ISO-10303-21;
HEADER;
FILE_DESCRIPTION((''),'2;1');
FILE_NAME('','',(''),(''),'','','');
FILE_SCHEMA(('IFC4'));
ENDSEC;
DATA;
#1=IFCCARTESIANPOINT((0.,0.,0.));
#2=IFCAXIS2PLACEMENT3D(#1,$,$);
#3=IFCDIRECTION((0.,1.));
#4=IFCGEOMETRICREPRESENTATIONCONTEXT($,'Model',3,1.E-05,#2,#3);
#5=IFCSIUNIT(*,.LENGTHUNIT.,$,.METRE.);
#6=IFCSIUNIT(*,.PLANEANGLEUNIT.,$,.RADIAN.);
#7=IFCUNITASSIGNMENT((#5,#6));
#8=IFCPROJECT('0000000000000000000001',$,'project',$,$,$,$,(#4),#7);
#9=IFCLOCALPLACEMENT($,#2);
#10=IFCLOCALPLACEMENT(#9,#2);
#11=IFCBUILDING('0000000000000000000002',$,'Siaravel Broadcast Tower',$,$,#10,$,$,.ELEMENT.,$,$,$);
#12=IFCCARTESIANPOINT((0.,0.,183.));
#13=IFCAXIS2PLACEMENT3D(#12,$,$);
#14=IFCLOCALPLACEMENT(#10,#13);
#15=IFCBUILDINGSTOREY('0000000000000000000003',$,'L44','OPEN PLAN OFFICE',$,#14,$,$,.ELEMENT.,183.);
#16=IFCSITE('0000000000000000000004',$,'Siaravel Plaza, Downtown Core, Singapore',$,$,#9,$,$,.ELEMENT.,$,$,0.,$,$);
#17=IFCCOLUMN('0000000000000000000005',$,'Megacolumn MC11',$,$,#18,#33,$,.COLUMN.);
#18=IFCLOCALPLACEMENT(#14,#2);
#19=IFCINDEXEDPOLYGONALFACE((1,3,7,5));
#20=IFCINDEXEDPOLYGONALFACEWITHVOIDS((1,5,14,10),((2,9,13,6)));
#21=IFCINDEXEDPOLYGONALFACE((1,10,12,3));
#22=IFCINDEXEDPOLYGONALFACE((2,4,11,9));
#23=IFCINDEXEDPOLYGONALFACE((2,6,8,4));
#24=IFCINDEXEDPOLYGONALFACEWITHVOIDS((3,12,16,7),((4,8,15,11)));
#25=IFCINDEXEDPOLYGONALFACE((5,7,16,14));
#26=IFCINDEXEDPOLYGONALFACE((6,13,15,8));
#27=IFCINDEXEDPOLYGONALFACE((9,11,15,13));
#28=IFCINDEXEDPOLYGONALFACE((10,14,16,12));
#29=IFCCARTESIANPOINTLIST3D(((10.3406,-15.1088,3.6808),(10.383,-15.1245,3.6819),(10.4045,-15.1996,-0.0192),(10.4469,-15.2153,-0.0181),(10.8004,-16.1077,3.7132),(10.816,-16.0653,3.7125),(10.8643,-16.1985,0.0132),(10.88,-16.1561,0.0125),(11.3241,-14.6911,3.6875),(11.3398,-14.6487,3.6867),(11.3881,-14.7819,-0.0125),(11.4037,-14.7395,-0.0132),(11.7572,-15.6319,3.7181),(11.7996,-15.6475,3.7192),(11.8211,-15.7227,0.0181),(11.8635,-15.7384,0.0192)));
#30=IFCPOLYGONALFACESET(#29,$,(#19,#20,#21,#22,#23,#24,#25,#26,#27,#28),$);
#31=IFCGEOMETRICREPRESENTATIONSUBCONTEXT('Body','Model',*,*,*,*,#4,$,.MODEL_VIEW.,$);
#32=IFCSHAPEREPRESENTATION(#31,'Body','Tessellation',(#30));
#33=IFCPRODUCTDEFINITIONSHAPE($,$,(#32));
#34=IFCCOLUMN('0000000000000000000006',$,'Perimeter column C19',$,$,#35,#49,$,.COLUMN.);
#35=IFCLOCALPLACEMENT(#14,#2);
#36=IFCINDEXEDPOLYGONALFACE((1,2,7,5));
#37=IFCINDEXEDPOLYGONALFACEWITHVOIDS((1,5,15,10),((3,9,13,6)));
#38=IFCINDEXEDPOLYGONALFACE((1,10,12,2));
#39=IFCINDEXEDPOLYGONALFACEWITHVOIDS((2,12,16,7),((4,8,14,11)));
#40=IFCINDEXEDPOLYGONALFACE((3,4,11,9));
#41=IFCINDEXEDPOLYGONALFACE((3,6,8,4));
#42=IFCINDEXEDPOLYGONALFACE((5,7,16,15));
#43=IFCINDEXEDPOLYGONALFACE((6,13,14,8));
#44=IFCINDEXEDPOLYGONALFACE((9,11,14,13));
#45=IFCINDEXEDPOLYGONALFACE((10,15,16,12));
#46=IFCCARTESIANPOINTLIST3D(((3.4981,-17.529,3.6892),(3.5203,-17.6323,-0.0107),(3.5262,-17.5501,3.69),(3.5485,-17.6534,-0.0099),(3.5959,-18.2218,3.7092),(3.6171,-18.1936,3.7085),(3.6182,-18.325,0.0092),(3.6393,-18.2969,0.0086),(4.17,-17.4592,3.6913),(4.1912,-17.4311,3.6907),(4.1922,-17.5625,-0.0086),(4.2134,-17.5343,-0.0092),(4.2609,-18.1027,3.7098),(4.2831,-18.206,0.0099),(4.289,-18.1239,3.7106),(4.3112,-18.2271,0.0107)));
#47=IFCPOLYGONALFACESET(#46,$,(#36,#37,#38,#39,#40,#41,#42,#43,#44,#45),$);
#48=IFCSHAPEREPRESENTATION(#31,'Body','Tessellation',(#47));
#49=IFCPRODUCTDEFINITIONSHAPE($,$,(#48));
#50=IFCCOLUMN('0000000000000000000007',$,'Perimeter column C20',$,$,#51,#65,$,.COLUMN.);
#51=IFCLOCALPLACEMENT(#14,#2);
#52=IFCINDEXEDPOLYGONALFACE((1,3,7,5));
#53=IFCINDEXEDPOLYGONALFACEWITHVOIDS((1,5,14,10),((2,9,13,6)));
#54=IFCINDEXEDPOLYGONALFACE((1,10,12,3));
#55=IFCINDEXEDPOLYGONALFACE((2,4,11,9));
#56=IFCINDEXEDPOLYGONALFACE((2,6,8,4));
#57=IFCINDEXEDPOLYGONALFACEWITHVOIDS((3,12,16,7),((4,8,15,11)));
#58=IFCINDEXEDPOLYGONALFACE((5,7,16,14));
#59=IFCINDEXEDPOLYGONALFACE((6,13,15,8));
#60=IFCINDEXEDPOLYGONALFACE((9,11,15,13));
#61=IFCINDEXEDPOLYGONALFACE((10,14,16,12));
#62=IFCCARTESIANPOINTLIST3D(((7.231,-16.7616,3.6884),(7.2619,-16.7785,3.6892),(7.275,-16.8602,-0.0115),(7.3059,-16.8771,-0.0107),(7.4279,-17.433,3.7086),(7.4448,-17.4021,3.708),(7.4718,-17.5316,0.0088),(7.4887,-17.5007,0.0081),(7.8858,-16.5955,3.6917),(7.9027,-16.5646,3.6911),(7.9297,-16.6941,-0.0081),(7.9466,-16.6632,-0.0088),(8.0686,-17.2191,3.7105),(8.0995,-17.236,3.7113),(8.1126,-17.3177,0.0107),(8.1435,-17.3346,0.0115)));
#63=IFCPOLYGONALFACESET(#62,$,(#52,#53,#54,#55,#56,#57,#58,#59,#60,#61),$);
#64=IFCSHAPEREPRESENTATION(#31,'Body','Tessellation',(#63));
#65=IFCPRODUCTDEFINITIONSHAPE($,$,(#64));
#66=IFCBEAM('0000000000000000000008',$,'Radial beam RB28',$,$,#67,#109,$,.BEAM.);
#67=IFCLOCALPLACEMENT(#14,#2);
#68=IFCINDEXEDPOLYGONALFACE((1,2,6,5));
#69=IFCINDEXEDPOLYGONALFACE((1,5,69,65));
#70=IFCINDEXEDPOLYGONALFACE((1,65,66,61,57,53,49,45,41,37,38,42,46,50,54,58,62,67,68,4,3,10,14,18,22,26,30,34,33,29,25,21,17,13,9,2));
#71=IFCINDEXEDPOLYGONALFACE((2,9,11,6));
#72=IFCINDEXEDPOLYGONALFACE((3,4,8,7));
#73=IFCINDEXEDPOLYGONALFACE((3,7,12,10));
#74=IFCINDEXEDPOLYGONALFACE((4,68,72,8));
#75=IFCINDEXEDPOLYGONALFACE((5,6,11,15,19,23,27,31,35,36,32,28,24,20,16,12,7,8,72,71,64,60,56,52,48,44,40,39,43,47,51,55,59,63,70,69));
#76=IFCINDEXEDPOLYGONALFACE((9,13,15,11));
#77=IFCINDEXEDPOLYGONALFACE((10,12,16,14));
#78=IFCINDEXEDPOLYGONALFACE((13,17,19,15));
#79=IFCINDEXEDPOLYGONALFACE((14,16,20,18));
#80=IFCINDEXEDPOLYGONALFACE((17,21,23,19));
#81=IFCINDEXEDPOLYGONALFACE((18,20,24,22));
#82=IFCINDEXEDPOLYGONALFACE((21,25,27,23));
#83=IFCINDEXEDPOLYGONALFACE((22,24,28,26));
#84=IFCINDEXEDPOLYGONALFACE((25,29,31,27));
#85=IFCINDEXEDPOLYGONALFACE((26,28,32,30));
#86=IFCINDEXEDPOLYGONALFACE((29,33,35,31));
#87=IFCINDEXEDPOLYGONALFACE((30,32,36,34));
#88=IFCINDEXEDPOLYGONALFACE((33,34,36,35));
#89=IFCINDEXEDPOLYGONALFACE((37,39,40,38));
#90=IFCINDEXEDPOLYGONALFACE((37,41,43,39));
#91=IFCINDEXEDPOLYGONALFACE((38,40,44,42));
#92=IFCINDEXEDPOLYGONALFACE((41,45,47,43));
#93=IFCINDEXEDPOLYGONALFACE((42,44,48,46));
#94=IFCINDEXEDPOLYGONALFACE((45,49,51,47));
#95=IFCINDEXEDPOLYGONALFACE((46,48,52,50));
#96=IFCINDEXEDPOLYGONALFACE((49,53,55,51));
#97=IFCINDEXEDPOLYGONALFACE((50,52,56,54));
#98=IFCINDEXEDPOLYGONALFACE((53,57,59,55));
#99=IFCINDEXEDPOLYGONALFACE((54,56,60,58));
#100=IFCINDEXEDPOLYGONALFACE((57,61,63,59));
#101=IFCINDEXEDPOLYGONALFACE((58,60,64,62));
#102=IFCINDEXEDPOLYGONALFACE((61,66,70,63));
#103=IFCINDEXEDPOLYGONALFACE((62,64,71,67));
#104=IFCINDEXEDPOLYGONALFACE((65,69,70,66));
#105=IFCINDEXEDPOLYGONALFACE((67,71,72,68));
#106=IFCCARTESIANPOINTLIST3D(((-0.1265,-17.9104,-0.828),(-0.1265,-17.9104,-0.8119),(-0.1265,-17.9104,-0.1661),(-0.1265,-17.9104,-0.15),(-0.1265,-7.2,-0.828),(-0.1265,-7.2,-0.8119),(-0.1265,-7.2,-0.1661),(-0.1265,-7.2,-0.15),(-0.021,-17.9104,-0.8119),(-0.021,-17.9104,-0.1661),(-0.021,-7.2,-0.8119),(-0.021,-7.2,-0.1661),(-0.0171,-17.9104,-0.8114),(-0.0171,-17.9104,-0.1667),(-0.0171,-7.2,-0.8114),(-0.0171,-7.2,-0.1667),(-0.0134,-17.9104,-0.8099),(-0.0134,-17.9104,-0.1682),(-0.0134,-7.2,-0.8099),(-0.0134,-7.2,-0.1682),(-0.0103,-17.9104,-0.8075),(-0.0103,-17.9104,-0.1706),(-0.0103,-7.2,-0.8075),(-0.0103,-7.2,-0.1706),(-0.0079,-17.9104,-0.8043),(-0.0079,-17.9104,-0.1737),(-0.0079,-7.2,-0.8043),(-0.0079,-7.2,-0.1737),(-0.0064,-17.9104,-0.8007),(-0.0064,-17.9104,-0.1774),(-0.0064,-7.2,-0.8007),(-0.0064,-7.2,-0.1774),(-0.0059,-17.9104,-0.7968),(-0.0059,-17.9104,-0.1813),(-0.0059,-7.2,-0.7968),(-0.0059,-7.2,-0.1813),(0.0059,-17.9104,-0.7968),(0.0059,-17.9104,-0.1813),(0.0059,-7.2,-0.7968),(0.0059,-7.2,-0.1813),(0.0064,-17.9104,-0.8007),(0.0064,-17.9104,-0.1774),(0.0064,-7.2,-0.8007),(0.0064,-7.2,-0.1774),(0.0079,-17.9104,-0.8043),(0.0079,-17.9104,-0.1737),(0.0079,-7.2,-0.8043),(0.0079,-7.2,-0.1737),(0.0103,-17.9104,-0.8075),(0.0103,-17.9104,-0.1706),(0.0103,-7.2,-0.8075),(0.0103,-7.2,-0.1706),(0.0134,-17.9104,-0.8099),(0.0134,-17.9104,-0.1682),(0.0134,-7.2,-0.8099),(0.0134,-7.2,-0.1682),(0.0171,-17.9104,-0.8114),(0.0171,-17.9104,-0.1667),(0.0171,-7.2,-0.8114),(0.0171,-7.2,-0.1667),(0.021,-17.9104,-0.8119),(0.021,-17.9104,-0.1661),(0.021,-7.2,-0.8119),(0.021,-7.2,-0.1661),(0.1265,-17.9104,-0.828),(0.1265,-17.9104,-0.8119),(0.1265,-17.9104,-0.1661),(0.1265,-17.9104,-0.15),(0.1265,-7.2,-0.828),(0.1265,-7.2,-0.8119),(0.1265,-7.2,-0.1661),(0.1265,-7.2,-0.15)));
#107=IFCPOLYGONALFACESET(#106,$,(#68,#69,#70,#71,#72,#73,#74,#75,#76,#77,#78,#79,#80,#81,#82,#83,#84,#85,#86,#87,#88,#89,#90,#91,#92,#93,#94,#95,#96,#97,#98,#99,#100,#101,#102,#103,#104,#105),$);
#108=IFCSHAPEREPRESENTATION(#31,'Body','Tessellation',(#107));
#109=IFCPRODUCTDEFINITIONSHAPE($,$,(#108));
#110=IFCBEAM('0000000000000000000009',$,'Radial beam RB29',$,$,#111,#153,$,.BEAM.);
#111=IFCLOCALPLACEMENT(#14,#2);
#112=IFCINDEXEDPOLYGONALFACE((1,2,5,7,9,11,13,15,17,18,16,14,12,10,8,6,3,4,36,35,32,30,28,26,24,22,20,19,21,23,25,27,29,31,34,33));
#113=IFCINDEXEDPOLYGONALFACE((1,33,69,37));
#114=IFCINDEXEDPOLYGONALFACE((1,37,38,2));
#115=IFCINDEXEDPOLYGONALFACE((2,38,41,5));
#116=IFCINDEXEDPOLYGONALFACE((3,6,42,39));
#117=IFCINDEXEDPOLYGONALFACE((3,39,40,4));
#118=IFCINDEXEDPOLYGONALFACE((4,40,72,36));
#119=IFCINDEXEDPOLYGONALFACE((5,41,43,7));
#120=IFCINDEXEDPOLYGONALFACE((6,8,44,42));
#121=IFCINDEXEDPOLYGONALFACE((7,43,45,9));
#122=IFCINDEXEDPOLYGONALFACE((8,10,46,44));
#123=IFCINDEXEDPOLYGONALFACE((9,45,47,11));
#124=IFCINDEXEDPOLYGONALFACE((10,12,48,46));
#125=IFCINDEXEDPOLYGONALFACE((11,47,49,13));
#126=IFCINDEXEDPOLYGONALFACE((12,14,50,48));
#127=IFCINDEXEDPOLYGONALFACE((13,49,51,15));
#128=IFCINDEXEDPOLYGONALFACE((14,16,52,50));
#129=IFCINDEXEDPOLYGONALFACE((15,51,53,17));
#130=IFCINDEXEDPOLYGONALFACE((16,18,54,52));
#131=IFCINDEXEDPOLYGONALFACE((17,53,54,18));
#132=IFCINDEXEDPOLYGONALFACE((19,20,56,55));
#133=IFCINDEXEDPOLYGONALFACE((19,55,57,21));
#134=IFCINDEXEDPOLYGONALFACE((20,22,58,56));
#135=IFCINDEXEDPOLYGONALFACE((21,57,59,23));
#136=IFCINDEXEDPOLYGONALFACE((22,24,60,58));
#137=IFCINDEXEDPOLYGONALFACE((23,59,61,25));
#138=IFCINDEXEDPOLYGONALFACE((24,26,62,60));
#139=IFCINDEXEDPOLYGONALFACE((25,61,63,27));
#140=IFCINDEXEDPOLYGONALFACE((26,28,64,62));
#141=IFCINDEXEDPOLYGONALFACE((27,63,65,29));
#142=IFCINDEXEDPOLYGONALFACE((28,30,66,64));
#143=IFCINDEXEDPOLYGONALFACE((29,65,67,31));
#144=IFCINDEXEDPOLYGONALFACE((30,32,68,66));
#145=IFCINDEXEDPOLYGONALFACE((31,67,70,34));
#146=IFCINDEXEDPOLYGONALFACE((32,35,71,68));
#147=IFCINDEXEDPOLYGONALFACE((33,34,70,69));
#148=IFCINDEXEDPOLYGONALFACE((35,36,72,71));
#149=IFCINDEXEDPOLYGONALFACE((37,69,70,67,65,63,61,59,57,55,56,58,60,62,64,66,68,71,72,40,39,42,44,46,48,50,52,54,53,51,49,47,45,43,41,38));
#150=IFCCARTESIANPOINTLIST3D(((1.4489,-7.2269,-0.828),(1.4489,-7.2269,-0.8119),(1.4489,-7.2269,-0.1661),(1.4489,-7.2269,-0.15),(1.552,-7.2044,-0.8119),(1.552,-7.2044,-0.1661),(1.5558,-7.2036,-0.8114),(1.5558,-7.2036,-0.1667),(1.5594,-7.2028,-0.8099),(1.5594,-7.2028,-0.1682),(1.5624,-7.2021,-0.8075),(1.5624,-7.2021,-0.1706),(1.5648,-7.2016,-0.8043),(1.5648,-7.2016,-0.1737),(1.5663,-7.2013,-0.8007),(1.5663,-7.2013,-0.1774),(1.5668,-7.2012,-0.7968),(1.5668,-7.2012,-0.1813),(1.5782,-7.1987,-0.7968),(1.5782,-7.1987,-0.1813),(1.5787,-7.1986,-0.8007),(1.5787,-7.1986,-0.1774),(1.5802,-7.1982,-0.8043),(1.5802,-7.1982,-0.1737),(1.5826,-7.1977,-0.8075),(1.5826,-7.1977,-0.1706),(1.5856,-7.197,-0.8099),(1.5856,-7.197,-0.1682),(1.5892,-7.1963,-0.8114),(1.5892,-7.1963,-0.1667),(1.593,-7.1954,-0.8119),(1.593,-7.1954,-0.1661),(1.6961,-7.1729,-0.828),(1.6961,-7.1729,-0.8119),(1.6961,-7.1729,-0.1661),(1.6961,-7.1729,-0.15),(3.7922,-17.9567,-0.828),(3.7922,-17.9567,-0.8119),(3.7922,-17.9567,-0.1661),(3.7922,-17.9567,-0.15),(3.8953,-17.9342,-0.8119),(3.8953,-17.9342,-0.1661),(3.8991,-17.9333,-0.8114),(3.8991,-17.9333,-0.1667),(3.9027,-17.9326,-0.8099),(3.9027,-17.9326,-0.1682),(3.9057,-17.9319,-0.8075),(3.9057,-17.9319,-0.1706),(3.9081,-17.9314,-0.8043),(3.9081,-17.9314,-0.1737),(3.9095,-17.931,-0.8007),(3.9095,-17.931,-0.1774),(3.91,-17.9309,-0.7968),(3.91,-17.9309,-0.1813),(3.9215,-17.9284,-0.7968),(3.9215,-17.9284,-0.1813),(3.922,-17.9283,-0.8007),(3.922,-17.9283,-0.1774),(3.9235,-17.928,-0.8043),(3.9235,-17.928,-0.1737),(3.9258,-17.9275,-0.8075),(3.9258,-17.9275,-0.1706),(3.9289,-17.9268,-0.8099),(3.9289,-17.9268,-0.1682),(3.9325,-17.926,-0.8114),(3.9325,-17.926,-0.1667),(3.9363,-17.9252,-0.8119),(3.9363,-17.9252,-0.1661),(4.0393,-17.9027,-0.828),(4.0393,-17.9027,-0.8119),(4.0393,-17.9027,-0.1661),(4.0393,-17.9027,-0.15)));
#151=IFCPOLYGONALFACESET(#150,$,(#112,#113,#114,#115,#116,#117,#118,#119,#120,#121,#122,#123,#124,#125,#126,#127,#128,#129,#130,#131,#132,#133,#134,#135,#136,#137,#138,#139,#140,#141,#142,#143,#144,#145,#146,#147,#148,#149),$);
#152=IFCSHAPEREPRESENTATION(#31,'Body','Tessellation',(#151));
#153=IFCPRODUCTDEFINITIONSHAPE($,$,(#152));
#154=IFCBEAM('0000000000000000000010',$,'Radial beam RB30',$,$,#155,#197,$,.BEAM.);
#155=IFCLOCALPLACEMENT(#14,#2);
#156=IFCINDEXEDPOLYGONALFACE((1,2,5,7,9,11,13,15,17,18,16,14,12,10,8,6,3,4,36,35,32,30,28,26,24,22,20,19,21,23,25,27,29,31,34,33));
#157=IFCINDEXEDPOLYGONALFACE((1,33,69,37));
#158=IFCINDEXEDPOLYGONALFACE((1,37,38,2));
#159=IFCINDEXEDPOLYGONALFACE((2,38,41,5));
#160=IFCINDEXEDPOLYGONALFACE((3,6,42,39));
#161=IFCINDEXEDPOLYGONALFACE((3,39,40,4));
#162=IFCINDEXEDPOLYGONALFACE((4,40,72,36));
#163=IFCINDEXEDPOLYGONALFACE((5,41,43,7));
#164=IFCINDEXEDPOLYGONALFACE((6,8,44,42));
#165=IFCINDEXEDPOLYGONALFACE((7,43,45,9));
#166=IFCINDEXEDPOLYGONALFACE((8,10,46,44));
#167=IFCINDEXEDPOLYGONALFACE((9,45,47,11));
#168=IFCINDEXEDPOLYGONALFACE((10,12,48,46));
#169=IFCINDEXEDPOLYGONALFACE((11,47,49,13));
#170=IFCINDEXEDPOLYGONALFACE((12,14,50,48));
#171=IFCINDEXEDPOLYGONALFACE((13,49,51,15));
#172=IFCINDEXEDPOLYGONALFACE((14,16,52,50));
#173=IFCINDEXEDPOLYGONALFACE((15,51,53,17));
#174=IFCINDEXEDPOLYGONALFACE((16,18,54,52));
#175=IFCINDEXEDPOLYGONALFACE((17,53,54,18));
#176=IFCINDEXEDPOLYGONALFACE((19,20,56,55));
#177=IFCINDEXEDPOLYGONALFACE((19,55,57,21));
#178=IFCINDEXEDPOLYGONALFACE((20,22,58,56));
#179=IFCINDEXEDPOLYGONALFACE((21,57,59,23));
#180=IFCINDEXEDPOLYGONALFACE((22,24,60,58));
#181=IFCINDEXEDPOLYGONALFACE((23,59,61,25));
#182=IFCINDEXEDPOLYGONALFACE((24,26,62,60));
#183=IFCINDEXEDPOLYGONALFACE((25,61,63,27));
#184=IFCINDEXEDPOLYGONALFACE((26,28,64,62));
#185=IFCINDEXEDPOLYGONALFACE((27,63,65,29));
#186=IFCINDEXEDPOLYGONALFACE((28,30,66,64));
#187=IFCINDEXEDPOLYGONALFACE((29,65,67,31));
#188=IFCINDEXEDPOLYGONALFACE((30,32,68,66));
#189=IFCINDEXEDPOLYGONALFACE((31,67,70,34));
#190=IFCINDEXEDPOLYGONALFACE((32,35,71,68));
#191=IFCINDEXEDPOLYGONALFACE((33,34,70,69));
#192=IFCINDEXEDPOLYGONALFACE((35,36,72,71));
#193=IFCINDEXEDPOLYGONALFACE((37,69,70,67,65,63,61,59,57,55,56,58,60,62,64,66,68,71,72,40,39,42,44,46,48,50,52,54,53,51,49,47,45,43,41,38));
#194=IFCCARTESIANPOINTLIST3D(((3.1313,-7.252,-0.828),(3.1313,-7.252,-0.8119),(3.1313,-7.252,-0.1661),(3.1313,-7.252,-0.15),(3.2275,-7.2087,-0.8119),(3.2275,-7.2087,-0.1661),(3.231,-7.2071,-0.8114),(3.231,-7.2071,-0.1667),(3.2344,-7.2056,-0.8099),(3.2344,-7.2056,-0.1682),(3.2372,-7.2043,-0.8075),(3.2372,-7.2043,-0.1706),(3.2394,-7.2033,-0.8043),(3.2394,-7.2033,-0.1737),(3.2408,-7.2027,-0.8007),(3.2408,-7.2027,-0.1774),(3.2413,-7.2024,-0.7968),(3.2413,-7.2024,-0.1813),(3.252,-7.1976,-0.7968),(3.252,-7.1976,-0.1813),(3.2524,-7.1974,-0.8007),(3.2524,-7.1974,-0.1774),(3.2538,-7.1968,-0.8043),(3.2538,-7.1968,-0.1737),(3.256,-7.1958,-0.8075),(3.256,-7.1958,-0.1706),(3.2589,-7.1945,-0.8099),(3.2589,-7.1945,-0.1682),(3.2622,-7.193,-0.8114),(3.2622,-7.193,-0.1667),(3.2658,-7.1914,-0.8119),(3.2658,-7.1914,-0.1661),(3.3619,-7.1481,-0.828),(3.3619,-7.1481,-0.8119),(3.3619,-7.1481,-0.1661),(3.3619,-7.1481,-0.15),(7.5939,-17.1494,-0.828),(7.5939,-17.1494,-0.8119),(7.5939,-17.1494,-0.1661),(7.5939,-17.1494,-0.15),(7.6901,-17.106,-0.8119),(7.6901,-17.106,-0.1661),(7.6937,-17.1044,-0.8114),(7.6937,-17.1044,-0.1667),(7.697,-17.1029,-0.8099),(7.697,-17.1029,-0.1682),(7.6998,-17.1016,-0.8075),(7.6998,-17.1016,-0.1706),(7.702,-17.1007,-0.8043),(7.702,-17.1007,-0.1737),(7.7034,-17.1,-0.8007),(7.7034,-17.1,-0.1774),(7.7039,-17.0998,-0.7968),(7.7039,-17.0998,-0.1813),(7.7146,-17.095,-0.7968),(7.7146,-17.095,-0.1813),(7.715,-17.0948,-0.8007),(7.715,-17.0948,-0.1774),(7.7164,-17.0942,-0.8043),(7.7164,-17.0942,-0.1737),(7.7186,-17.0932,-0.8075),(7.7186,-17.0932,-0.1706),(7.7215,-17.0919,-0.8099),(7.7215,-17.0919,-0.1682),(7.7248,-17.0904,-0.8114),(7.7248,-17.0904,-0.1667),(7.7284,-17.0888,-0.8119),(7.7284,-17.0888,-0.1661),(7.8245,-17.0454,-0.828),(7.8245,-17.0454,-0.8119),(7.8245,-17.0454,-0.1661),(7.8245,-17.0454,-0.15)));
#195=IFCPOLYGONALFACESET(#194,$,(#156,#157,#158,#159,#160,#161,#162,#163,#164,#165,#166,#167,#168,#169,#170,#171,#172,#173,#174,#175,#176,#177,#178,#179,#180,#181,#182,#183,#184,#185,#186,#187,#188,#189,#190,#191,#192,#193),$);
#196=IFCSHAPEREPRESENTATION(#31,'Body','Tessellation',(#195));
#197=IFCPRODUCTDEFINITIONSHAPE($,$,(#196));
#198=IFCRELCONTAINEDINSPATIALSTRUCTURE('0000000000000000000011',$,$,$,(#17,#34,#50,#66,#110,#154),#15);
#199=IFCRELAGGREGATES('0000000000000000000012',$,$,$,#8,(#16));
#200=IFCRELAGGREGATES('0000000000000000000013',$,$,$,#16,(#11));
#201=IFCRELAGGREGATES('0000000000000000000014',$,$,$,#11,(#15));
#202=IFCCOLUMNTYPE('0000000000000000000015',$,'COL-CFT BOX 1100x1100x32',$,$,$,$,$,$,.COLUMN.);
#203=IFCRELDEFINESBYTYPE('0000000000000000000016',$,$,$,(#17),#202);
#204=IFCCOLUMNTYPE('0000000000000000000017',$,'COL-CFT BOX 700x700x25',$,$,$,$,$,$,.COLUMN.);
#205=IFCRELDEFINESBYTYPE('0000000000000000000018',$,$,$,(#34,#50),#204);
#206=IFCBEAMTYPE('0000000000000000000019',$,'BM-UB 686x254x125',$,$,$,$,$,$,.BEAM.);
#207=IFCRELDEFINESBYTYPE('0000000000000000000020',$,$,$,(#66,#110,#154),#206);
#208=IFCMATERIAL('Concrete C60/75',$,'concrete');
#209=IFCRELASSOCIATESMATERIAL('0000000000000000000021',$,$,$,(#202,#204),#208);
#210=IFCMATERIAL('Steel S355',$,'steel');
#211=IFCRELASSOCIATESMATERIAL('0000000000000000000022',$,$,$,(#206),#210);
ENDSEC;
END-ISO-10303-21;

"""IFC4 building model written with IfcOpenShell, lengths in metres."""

from ifc_helpers import new_model, si_unit, direction, frame, origin, origin_2d, place, context, subcontext, project, spatial, hollow_rectangle, i_section, extrude, material, material_profile, profile_set, type_object, element, save


model = new_model("IFC4")

# Units and contexts
model_context = context("Model", 3, precision=1e-05, world=origin(), true_north=direction((0.0, 1.0)))
body_context = subcontext(model_context, "Body", "Model", "MODEL_VIEW")
ifc_project = project(units=[si_unit("LENGTHUNIT", "METRE"), si_unit("PLANEANGLEUNIT", "RADIAN")], contexts=[model_context])

# Site, building, storey
site_placement = place(None, origin())
site = spatial("IfcSite", under=ifc_project, at=site_placement, Name="Siaravel Plaza, Downtown Core, Singapore", CompositionType="ELEMENT", RefElevation=0.0)
building_placement = place(site_placement, origin())
building = spatial("IfcBuilding", under=site, at=building_placement, Name="Siaravel Broadcast Tower", CompositionType="ELEMENT")
storey_placement = place(building_placement, frame((0.0, 0.0, 183.0)))
storey = spatial("IfcBuildingStorey", under=building, at=storey_placement, Name="L44", Description="OPEN PLAN OFFICE", CompositionType="ELEMENT", Elevation=183.0)

# Columns
ifc_material_1 = material(Name="Concrete C60/75", Category="concrete")
ifc_material_profile_1 = material_profile(ifc_material_1, hollow_rectangle(XDim=1.1001, YDim=1.1001, WallThickness=0.032, at=origin_2d()))
ifc_profile_set_1 = profile_set([ifc_material_profile_1], Name="Concrete C60/75")
column_type_1 = type_object("IfcColumnType", Name="COL-CFT BOX 1100x1100x32", PredefinedType="COLUMN", material=ifc_profile_set_1)
column_placement = place(storey_placement, frame((11.134, -15.469, 0.0), z_axis=(-0.01728, 0.024535, 0.99955), x_axis=(-0.9083, -0.418284, -0.005435)))
element("IfcColumn", 1, at=column_placement, inside=storey, type_object=column_type_1, Name="Megacolumn MC11", PredefinedType="COLUMN", context=body_context, shape_type="SweptSolid", body=[
    extrude(hollow_rectangle(XDim=1.1001, YDim=1.1001, WallThickness=0.032, at=origin_2d()), origin(), (0.0, 0.0, 1.0), 3.7017),
])
ifc_material_profile_2 = material_profile(ifc_material_1, hollow_rectangle(XDim=0.7, YDim=0.7, WallThickness=0.0249, at=origin_2d()))
ifc_profile_set_2 = profile_set([ifc_material_profile_2], Name="Concrete C60/75")
column_type_2 = type_object("IfcColumnType", Name="COL-CFT BOX 700x700x25", PredefinedType="COLUMN", material=ifc_profile_set_2)
for number, where, z_axis, x_axis, name in (
    (2, (3.9158, -17.9297, 0.0), (-0.006002, 0.0279, 0.999593), (-0.990165, -0.139893, -0.002041), "Perimeter column C19"),
    (3, (7.7092, -17.0974, 0.0), (-0.011872, 0.026647, 0.999574), (-0.959561, -0.281474, -0.003893), "Perimeter column C20"),
):
    element("IfcColumn", number, at=place(storey_placement, frame(where, z_axis=z_axis, x_axis=x_axis)), inside=storey, type_object=column_type_2, Name=name, PredefinedType="COLUMN", context=body_context, shape_type="SweptSolid", body=[
        extrude(hollow_rectangle(XDim=0.7, YDim=0.7, WallThickness=0.0249, at=origin_2d()), origin(), (0.0, 0.0, 1.0), 3.7014),
    ])

# Beams
ifc_material_2 = material(Name="Steel S355", Category="steel")
ifc_material_profile_3 = material_profile(ifc_material_2, i_section(OverallWidth=0.2529, OverallDepth=0.678, WebThickness=0.0117, FlangeThickness=0.0161, FilletRadius=0.0151, at=origin_2d()))
ifc_profile_set_3 = profile_set([ifc_material_profile_3], Name="Steel S355")
beam_type = type_object("IfcBeamType", Name="BM-UB 686x254x125", PredefinedType="BEAM", material=ifc_profile_set_3)
beam_1_placement = place(storey_placement, frame((0.0, -17.9104, -0.489), z_axis=(0.0, 1.0, 0.0), x_axis=(-1.0, 0.0, 0.0)))
element("IfcBeam", 4, at=beam_1_placement, inside=storey, type_object=beam_type, Name="Radial beam RB28", PredefinedType="BEAM", context=body_context, shape_type="SweptSolid", body=[
    extrude(i_section(OverallWidth=0.2529, OverallDepth=0.678, WebThickness=0.0117, FlangeThickness=0.0161, FilletRadius=0.0151, at=origin_2d()), origin(), (0.0, 0.0, 1.0), 10.7104),
])
beam_2_placement = place(storey_placement, frame((3.9158, -17.9297, -0.489), z_axis=(-0.213361, 0.976973, 0.0), x_axis=(-0.976973, -0.213361, 0.0)))
element("IfcBeam", 5, at=beam_2_placement, inside=storey, type_object=beam_type, Name="Radial beam RB29", PredefinedType="BEAM", context=body_context, shape_type="SweptSolid", body=[
    extrude(i_section(OverallWidth=0.2529, OverallDepth=0.678, WebThickness=0.0117, FlangeThickness=0.0161, FilletRadius=0.0151, at=origin_2d()), origin(), (0.0, 0.0, 1.0), 10.9827),
])
beam_3_placement = place(storey_placement, frame((7.7092, -17.0974, -0.489), z_axis=(-0.411038, 0.911618, 0.0), x_axis=(-0.911618, -0.411038, 0.0)))
element("IfcBeam", 6, at=beam_3_placement, inside=storey, type_object=beam_type, Name="Radial beam RB30", PredefinedType="BEAM", context=body_context, shape_type="SweptSolid", body=[
    extrude(i_section(OverallWidth=0.2529, OverallDepth=0.678, WebThickness=0.0117, FlangeThickness=0.0161, FilletRadius=0.0151, at=origin_2d()), origin(), (0.0, 0.0, 1.0), 10.8569),
])

save(model, "model.ifc")
